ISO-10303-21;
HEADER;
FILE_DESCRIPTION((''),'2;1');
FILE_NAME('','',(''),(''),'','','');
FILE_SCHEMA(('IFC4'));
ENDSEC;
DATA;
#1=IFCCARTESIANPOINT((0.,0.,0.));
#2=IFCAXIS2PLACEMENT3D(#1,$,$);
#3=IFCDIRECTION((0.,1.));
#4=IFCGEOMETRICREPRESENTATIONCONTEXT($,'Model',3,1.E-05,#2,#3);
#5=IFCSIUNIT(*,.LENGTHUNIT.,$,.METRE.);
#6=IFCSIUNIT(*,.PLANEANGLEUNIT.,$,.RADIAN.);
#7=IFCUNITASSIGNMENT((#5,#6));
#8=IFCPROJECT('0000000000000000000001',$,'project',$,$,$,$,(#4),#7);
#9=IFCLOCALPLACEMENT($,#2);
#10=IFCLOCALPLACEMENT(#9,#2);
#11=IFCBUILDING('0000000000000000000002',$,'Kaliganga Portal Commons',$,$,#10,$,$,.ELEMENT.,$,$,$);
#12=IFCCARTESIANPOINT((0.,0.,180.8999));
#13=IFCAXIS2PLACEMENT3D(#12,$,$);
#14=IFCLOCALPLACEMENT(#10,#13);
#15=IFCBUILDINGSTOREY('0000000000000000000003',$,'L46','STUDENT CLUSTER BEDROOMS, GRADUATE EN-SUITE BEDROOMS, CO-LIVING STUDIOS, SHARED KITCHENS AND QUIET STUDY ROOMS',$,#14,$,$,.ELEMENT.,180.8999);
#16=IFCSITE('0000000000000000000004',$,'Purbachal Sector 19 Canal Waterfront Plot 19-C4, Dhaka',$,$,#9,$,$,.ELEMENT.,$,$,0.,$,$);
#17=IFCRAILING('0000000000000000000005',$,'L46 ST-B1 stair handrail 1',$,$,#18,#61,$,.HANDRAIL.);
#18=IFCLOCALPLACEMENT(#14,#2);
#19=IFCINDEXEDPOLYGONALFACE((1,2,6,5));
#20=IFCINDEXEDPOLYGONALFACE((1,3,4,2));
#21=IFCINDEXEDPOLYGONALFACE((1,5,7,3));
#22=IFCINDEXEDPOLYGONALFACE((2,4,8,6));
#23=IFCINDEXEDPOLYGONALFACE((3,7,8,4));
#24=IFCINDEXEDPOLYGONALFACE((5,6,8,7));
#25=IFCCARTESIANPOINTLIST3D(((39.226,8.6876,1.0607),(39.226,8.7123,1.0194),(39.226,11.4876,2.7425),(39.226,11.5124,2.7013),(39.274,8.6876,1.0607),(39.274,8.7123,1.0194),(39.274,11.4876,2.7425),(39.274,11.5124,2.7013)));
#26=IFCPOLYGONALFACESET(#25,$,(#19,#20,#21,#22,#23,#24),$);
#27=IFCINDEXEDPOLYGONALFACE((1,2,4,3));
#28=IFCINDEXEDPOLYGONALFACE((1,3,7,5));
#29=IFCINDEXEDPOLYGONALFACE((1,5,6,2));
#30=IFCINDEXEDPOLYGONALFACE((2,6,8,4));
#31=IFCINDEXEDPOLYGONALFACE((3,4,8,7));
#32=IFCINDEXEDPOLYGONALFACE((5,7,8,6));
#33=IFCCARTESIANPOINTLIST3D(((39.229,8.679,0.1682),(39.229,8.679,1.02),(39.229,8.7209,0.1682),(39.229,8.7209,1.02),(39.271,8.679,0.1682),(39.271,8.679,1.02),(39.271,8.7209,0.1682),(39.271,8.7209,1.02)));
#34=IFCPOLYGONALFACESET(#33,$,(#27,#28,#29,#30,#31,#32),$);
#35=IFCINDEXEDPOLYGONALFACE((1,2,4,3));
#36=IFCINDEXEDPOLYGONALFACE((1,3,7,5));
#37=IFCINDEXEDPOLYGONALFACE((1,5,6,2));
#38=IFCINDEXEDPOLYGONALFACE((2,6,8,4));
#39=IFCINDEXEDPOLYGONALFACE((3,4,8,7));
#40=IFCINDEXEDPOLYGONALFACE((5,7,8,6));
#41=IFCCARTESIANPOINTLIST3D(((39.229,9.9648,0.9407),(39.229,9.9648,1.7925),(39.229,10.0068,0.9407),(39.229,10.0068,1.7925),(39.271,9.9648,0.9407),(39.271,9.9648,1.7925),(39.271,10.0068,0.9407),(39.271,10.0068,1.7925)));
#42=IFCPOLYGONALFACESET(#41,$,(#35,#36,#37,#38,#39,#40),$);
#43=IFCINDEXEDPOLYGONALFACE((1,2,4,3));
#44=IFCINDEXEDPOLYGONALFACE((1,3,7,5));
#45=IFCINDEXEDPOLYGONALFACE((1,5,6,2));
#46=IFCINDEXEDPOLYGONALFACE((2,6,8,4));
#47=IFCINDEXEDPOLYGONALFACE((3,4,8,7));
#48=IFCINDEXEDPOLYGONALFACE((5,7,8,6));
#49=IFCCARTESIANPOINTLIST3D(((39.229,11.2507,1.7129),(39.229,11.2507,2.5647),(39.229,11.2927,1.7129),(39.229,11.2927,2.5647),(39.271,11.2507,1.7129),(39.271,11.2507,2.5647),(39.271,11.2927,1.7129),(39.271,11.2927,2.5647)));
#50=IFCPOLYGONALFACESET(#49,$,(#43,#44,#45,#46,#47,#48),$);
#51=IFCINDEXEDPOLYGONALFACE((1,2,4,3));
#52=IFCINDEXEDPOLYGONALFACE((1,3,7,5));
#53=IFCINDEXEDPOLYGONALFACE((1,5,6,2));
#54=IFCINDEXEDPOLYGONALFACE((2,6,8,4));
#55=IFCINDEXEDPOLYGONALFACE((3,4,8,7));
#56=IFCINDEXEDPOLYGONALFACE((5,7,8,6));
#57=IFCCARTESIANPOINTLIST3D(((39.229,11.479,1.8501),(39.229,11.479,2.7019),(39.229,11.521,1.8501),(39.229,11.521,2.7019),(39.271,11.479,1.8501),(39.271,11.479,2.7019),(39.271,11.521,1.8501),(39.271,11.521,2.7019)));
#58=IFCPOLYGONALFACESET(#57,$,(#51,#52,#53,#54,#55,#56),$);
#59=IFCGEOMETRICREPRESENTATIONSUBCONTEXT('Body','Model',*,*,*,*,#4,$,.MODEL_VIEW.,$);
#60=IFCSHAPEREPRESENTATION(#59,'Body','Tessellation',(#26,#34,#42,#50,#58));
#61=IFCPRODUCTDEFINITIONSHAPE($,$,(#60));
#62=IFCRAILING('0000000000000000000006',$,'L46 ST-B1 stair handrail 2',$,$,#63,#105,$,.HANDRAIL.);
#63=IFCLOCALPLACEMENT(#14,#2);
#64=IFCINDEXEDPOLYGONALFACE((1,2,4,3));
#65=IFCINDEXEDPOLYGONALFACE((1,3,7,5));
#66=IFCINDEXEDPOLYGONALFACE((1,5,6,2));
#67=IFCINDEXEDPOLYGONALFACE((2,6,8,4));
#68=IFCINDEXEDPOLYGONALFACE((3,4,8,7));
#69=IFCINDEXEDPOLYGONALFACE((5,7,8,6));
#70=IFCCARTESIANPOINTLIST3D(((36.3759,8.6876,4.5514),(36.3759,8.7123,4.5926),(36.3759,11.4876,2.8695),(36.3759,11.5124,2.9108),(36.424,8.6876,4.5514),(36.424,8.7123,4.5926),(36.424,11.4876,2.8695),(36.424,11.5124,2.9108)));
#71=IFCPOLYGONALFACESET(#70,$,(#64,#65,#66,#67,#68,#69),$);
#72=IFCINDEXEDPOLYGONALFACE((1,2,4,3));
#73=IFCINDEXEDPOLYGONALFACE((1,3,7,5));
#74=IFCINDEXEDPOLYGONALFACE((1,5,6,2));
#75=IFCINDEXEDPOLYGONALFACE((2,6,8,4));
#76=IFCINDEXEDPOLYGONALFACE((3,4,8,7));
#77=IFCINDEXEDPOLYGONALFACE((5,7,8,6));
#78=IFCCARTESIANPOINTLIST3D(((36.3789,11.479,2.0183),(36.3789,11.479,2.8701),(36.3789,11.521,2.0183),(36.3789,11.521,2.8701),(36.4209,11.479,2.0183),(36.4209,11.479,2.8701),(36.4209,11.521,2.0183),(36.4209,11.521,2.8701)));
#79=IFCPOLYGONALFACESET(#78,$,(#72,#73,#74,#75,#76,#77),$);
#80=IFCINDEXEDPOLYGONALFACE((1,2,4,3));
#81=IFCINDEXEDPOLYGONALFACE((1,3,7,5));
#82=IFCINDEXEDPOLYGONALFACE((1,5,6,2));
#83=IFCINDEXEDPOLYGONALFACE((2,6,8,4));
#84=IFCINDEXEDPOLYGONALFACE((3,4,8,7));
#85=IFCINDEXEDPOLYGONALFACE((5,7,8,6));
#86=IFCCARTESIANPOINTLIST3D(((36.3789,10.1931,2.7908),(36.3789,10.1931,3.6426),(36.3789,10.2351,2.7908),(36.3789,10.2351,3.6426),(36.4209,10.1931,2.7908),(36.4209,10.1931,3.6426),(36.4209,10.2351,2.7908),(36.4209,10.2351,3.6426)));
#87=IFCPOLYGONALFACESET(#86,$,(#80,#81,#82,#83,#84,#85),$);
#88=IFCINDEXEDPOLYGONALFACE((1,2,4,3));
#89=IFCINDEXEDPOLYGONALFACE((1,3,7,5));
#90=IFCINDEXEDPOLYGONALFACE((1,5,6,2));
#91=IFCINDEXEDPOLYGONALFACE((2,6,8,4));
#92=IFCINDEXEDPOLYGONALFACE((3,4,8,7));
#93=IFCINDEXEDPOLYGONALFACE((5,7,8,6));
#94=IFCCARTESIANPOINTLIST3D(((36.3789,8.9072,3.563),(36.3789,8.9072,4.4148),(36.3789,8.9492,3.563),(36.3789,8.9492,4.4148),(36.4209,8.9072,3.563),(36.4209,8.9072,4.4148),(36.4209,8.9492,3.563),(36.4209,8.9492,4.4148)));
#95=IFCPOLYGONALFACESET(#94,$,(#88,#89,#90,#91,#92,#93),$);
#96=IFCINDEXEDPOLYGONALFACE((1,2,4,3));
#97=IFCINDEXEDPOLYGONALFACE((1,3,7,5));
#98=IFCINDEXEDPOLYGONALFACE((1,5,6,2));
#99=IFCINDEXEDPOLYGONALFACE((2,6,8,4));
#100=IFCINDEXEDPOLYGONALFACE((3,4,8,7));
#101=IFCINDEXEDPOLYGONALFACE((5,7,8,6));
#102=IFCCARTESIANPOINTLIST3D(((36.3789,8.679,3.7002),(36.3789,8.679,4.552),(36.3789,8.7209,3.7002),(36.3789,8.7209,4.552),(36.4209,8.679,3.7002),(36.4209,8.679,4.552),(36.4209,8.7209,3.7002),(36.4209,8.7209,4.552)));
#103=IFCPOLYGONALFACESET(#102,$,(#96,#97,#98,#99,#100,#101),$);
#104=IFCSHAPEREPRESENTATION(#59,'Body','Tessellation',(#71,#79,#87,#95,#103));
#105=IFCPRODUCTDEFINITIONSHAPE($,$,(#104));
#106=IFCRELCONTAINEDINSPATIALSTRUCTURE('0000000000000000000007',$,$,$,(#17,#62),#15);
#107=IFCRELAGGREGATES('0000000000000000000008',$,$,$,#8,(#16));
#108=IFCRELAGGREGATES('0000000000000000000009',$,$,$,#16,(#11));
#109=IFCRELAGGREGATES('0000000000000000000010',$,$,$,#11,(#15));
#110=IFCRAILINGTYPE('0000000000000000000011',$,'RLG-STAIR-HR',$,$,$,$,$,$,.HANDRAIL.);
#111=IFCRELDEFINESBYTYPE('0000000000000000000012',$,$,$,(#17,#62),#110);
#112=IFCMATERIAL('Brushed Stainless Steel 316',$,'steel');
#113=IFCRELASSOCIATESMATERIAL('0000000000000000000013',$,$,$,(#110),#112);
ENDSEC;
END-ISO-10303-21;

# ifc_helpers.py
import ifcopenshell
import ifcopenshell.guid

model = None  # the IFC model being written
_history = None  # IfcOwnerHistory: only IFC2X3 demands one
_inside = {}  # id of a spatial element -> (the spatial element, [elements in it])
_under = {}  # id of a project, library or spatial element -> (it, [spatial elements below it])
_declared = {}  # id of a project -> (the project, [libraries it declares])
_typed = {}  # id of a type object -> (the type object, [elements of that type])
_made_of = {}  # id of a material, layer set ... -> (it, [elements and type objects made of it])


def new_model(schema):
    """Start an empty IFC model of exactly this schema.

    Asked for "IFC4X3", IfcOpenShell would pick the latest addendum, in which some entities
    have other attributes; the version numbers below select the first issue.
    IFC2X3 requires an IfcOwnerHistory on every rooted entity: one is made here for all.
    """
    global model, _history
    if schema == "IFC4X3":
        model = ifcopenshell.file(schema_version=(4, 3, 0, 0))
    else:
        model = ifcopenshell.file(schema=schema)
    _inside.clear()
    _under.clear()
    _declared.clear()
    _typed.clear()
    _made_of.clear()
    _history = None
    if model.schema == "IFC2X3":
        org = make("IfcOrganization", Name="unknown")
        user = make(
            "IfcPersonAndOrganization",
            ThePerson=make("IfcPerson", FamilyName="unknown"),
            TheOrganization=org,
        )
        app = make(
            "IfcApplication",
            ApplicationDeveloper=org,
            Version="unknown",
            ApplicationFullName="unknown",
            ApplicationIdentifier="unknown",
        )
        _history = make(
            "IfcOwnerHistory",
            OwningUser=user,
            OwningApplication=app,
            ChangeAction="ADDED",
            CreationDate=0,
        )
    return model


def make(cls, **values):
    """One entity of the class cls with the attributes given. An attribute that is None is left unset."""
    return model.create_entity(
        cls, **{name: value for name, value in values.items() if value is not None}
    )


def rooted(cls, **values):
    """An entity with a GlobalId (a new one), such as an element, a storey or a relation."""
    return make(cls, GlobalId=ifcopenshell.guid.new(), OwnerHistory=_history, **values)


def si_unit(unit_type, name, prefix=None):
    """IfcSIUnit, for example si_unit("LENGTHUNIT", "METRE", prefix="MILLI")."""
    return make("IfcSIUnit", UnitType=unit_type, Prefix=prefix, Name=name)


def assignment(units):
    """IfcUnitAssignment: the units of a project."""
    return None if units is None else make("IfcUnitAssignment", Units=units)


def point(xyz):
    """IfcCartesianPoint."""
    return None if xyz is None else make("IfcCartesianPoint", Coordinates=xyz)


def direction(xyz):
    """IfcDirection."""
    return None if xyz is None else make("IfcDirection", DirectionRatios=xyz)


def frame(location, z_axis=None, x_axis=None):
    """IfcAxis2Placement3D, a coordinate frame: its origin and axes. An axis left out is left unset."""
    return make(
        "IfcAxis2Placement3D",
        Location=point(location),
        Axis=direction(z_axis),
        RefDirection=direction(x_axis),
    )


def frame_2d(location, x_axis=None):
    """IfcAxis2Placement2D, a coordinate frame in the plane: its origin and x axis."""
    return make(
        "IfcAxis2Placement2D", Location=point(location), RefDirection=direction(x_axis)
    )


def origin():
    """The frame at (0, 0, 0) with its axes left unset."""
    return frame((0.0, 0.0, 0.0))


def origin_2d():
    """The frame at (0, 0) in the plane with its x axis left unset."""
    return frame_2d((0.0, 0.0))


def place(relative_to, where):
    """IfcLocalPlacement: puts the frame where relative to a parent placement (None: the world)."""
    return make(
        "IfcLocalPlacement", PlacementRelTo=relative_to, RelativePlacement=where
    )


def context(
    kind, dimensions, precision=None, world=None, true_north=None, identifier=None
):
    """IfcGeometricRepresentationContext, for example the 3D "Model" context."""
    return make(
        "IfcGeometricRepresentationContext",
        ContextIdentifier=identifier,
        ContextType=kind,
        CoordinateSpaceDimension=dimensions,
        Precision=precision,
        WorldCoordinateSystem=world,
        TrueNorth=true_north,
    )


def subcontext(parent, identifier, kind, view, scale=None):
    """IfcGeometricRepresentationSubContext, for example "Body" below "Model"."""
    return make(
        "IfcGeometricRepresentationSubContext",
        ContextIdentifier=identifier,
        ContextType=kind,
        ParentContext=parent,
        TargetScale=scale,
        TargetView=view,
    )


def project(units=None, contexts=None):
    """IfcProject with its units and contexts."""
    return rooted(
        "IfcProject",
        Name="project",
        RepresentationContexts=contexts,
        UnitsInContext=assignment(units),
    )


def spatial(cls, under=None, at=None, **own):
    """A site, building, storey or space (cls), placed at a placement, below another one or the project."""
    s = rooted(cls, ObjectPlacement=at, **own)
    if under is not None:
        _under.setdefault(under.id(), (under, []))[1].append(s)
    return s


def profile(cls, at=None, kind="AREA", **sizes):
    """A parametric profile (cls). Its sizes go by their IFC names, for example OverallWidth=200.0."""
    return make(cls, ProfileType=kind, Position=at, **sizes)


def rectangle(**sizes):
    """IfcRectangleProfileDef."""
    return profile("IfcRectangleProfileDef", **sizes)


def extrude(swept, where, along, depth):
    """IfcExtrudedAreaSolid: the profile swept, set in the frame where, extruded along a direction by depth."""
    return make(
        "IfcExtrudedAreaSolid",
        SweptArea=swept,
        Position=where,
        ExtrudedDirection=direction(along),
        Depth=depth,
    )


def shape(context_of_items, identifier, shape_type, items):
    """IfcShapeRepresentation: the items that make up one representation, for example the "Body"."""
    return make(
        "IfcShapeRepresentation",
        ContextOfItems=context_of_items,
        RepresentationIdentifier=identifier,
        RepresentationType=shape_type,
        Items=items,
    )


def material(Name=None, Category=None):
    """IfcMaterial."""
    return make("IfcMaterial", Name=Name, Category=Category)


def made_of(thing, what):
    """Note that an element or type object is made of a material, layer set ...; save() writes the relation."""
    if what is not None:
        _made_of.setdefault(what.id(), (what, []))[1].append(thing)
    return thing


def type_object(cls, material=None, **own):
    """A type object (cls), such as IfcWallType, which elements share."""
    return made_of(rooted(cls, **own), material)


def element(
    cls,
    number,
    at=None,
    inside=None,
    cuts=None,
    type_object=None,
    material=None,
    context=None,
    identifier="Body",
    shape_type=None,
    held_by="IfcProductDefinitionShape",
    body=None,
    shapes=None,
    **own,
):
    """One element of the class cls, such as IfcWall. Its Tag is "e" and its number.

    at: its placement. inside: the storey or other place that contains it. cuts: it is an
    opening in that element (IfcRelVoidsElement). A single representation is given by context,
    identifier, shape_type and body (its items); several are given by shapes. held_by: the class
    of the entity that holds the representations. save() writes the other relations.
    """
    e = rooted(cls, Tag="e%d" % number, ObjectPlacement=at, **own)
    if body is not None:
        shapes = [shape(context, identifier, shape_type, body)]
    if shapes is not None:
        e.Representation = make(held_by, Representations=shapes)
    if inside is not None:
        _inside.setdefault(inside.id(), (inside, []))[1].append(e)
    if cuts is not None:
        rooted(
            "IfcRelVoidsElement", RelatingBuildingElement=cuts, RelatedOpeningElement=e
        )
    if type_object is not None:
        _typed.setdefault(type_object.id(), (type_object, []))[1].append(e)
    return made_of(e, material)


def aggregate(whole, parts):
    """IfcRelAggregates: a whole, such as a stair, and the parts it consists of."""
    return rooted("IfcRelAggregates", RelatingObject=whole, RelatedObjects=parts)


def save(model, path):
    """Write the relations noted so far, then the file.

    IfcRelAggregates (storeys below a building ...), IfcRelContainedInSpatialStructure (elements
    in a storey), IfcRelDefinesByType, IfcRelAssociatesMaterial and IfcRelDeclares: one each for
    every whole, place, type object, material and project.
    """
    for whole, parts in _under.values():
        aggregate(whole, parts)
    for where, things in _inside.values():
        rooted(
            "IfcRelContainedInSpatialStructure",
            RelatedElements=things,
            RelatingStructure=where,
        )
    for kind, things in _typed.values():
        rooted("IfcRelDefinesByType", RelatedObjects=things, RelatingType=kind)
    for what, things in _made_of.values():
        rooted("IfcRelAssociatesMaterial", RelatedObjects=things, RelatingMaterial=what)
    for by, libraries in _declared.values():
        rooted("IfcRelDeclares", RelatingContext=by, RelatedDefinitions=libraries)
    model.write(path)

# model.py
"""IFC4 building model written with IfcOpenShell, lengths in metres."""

from ifc_helpers import new_model, si_unit, direction, frame, origin, origin_2d, place, context, subcontext, project, spatial, rectangle, extrude, material, type_object, element, save


model = new_model("IFC4")

# Units and contexts
model_context = context("Model", 3, precision=1e-05, world=origin(), true_north=direction((0.0, 1.0)))
body_context = subcontext(model_context, "Body", "Model", "MODEL_VIEW")
ifc_project = project(units=[si_unit("LENGTHUNIT", "METRE"), si_unit("PLANEANGLEUNIT", "RADIAN")], contexts=[model_context])

# Site, building, storey
site_placement = place(None, origin())
site = spatial("IfcSite", under=ifc_project, at=site_placement, Name="Purbachal Sector 19 Canal Waterfront Plot 19-C4, Dhaka", CompositionType="ELEMENT", RefElevation=0.0)
building_placement = place(site_placement, origin())
building = spatial("IfcBuilding", under=site, at=building_placement, Name="Kaliganga Portal Commons", CompositionType="ELEMENT")
storey_placement = place(building_placement, frame((0.0, 0.0, 180.8999)))
storey = spatial("IfcBuildingStorey", under=building, at=storey_placement, Name="L46", Description="STUDENT CLUSTER BEDROOMS, GRADUATE EN-SUITE BEDROOMS, CO-LIVING STUDIOS, SHARED KITCHENS AND QUIET STUDY ROOMS", CompositionType="ELEMENT", Elevation=180.8999)

# Railings
ifc_material_1 = material(Name="Brushed Stainless Steel 316", Category="steel")
railing_type_1 = type_object("IfcRailingType", Name="RLG-STAIR-HR", PredefinedType="HANDRAIL", material=ifc_material_1)
railing_1_placement = place(storey_placement, frame((39.25, 8.7, 0.1682)))
element("IfcRailing", 1, at=railing_1_placement, inside=storey, type_object=railing_type_1, Name="L46 ST-B1 stair handrail 1", PredefinedType="HANDRAIL", context=body_context, shape_type="SweptSolid", body=[
    extrude(rectangle(XDim=0.0481, YDim=0.0481, at=origin_2d()), frame((0.0, 0.0, 0.8718), z_axis=(0.0, 0.857242, 0.514913), x_axis=(-1.0, 0.0, 0.0)), (0.0, 0.0, 1.0), 3.2664),
    extrude(rectangle(XDim=0.042, YDim=0.042, at=origin_2d()), origin(), (0.0, 0.0, 1.0), 0.8518),
    extrude(rectangle(XDim=0.042, YDim=0.042, at=origin_2d()), frame((0.0, 1.2859, 0.7725)), (0.0, 0.0, 1.0), 0.8518),
    extrude(rectangle(XDim=0.042, YDim=0.042, at=origin_2d()), frame((0.0, 2.5718, 1.5447)), (0.0, 0.0, 1.0), 0.8518),
    extrude(rectangle(XDim=0.042, YDim=0.042, at=origin_2d()), frame((0.0, 2.8, 1.6819)), (0.0, 0.0, 1.0), 0.8518),
])
railing_2_placement = place(storey_placement, frame((36.3999, 11.5, 2.0183)))
element("IfcRailing", 2, at=railing_2_placement, inside=storey, type_object=railing_type_1, Name="L46 ST-B1 stair handrail 2", PredefinedType="HANDRAIL", context=body_context, shape_type="SweptSolid", body=[
    extrude(rectangle(XDim=0.0481, YDim=0.0481, at=origin_2d()), frame((0.0, 0.0, 0.8718), z_axis=(0.0, -0.857242, 0.514913), x_axis=(1.0, 0.0, 0.0)), (0.0, 0.0, 1.0), 3.2664),
    extrude(rectangle(XDim=0.042, YDim=0.042, at=origin_2d()), origin(), (0.0, 0.0, 1.0), 0.8518),
    extrude(rectangle(XDim=0.042, YDim=0.042, at=origin_2d()), frame((0.0, -1.2859, 0.7725)), (0.0, 0.0, 1.0), 0.8518),
    extrude(rectangle(XDim=0.042, YDim=0.042, at=origin_2d()), frame((0.0, -2.5718, 1.5447)), (0.0, 0.0, 1.0), 0.8518),
    extrude(rectangle(XDim=0.042, YDim=0.042, at=origin_2d()), frame((0.0, -2.8, 1.6819)), (0.0, 0.0, 1.0), 0.8518),
])

save(model, "model.ifc")
